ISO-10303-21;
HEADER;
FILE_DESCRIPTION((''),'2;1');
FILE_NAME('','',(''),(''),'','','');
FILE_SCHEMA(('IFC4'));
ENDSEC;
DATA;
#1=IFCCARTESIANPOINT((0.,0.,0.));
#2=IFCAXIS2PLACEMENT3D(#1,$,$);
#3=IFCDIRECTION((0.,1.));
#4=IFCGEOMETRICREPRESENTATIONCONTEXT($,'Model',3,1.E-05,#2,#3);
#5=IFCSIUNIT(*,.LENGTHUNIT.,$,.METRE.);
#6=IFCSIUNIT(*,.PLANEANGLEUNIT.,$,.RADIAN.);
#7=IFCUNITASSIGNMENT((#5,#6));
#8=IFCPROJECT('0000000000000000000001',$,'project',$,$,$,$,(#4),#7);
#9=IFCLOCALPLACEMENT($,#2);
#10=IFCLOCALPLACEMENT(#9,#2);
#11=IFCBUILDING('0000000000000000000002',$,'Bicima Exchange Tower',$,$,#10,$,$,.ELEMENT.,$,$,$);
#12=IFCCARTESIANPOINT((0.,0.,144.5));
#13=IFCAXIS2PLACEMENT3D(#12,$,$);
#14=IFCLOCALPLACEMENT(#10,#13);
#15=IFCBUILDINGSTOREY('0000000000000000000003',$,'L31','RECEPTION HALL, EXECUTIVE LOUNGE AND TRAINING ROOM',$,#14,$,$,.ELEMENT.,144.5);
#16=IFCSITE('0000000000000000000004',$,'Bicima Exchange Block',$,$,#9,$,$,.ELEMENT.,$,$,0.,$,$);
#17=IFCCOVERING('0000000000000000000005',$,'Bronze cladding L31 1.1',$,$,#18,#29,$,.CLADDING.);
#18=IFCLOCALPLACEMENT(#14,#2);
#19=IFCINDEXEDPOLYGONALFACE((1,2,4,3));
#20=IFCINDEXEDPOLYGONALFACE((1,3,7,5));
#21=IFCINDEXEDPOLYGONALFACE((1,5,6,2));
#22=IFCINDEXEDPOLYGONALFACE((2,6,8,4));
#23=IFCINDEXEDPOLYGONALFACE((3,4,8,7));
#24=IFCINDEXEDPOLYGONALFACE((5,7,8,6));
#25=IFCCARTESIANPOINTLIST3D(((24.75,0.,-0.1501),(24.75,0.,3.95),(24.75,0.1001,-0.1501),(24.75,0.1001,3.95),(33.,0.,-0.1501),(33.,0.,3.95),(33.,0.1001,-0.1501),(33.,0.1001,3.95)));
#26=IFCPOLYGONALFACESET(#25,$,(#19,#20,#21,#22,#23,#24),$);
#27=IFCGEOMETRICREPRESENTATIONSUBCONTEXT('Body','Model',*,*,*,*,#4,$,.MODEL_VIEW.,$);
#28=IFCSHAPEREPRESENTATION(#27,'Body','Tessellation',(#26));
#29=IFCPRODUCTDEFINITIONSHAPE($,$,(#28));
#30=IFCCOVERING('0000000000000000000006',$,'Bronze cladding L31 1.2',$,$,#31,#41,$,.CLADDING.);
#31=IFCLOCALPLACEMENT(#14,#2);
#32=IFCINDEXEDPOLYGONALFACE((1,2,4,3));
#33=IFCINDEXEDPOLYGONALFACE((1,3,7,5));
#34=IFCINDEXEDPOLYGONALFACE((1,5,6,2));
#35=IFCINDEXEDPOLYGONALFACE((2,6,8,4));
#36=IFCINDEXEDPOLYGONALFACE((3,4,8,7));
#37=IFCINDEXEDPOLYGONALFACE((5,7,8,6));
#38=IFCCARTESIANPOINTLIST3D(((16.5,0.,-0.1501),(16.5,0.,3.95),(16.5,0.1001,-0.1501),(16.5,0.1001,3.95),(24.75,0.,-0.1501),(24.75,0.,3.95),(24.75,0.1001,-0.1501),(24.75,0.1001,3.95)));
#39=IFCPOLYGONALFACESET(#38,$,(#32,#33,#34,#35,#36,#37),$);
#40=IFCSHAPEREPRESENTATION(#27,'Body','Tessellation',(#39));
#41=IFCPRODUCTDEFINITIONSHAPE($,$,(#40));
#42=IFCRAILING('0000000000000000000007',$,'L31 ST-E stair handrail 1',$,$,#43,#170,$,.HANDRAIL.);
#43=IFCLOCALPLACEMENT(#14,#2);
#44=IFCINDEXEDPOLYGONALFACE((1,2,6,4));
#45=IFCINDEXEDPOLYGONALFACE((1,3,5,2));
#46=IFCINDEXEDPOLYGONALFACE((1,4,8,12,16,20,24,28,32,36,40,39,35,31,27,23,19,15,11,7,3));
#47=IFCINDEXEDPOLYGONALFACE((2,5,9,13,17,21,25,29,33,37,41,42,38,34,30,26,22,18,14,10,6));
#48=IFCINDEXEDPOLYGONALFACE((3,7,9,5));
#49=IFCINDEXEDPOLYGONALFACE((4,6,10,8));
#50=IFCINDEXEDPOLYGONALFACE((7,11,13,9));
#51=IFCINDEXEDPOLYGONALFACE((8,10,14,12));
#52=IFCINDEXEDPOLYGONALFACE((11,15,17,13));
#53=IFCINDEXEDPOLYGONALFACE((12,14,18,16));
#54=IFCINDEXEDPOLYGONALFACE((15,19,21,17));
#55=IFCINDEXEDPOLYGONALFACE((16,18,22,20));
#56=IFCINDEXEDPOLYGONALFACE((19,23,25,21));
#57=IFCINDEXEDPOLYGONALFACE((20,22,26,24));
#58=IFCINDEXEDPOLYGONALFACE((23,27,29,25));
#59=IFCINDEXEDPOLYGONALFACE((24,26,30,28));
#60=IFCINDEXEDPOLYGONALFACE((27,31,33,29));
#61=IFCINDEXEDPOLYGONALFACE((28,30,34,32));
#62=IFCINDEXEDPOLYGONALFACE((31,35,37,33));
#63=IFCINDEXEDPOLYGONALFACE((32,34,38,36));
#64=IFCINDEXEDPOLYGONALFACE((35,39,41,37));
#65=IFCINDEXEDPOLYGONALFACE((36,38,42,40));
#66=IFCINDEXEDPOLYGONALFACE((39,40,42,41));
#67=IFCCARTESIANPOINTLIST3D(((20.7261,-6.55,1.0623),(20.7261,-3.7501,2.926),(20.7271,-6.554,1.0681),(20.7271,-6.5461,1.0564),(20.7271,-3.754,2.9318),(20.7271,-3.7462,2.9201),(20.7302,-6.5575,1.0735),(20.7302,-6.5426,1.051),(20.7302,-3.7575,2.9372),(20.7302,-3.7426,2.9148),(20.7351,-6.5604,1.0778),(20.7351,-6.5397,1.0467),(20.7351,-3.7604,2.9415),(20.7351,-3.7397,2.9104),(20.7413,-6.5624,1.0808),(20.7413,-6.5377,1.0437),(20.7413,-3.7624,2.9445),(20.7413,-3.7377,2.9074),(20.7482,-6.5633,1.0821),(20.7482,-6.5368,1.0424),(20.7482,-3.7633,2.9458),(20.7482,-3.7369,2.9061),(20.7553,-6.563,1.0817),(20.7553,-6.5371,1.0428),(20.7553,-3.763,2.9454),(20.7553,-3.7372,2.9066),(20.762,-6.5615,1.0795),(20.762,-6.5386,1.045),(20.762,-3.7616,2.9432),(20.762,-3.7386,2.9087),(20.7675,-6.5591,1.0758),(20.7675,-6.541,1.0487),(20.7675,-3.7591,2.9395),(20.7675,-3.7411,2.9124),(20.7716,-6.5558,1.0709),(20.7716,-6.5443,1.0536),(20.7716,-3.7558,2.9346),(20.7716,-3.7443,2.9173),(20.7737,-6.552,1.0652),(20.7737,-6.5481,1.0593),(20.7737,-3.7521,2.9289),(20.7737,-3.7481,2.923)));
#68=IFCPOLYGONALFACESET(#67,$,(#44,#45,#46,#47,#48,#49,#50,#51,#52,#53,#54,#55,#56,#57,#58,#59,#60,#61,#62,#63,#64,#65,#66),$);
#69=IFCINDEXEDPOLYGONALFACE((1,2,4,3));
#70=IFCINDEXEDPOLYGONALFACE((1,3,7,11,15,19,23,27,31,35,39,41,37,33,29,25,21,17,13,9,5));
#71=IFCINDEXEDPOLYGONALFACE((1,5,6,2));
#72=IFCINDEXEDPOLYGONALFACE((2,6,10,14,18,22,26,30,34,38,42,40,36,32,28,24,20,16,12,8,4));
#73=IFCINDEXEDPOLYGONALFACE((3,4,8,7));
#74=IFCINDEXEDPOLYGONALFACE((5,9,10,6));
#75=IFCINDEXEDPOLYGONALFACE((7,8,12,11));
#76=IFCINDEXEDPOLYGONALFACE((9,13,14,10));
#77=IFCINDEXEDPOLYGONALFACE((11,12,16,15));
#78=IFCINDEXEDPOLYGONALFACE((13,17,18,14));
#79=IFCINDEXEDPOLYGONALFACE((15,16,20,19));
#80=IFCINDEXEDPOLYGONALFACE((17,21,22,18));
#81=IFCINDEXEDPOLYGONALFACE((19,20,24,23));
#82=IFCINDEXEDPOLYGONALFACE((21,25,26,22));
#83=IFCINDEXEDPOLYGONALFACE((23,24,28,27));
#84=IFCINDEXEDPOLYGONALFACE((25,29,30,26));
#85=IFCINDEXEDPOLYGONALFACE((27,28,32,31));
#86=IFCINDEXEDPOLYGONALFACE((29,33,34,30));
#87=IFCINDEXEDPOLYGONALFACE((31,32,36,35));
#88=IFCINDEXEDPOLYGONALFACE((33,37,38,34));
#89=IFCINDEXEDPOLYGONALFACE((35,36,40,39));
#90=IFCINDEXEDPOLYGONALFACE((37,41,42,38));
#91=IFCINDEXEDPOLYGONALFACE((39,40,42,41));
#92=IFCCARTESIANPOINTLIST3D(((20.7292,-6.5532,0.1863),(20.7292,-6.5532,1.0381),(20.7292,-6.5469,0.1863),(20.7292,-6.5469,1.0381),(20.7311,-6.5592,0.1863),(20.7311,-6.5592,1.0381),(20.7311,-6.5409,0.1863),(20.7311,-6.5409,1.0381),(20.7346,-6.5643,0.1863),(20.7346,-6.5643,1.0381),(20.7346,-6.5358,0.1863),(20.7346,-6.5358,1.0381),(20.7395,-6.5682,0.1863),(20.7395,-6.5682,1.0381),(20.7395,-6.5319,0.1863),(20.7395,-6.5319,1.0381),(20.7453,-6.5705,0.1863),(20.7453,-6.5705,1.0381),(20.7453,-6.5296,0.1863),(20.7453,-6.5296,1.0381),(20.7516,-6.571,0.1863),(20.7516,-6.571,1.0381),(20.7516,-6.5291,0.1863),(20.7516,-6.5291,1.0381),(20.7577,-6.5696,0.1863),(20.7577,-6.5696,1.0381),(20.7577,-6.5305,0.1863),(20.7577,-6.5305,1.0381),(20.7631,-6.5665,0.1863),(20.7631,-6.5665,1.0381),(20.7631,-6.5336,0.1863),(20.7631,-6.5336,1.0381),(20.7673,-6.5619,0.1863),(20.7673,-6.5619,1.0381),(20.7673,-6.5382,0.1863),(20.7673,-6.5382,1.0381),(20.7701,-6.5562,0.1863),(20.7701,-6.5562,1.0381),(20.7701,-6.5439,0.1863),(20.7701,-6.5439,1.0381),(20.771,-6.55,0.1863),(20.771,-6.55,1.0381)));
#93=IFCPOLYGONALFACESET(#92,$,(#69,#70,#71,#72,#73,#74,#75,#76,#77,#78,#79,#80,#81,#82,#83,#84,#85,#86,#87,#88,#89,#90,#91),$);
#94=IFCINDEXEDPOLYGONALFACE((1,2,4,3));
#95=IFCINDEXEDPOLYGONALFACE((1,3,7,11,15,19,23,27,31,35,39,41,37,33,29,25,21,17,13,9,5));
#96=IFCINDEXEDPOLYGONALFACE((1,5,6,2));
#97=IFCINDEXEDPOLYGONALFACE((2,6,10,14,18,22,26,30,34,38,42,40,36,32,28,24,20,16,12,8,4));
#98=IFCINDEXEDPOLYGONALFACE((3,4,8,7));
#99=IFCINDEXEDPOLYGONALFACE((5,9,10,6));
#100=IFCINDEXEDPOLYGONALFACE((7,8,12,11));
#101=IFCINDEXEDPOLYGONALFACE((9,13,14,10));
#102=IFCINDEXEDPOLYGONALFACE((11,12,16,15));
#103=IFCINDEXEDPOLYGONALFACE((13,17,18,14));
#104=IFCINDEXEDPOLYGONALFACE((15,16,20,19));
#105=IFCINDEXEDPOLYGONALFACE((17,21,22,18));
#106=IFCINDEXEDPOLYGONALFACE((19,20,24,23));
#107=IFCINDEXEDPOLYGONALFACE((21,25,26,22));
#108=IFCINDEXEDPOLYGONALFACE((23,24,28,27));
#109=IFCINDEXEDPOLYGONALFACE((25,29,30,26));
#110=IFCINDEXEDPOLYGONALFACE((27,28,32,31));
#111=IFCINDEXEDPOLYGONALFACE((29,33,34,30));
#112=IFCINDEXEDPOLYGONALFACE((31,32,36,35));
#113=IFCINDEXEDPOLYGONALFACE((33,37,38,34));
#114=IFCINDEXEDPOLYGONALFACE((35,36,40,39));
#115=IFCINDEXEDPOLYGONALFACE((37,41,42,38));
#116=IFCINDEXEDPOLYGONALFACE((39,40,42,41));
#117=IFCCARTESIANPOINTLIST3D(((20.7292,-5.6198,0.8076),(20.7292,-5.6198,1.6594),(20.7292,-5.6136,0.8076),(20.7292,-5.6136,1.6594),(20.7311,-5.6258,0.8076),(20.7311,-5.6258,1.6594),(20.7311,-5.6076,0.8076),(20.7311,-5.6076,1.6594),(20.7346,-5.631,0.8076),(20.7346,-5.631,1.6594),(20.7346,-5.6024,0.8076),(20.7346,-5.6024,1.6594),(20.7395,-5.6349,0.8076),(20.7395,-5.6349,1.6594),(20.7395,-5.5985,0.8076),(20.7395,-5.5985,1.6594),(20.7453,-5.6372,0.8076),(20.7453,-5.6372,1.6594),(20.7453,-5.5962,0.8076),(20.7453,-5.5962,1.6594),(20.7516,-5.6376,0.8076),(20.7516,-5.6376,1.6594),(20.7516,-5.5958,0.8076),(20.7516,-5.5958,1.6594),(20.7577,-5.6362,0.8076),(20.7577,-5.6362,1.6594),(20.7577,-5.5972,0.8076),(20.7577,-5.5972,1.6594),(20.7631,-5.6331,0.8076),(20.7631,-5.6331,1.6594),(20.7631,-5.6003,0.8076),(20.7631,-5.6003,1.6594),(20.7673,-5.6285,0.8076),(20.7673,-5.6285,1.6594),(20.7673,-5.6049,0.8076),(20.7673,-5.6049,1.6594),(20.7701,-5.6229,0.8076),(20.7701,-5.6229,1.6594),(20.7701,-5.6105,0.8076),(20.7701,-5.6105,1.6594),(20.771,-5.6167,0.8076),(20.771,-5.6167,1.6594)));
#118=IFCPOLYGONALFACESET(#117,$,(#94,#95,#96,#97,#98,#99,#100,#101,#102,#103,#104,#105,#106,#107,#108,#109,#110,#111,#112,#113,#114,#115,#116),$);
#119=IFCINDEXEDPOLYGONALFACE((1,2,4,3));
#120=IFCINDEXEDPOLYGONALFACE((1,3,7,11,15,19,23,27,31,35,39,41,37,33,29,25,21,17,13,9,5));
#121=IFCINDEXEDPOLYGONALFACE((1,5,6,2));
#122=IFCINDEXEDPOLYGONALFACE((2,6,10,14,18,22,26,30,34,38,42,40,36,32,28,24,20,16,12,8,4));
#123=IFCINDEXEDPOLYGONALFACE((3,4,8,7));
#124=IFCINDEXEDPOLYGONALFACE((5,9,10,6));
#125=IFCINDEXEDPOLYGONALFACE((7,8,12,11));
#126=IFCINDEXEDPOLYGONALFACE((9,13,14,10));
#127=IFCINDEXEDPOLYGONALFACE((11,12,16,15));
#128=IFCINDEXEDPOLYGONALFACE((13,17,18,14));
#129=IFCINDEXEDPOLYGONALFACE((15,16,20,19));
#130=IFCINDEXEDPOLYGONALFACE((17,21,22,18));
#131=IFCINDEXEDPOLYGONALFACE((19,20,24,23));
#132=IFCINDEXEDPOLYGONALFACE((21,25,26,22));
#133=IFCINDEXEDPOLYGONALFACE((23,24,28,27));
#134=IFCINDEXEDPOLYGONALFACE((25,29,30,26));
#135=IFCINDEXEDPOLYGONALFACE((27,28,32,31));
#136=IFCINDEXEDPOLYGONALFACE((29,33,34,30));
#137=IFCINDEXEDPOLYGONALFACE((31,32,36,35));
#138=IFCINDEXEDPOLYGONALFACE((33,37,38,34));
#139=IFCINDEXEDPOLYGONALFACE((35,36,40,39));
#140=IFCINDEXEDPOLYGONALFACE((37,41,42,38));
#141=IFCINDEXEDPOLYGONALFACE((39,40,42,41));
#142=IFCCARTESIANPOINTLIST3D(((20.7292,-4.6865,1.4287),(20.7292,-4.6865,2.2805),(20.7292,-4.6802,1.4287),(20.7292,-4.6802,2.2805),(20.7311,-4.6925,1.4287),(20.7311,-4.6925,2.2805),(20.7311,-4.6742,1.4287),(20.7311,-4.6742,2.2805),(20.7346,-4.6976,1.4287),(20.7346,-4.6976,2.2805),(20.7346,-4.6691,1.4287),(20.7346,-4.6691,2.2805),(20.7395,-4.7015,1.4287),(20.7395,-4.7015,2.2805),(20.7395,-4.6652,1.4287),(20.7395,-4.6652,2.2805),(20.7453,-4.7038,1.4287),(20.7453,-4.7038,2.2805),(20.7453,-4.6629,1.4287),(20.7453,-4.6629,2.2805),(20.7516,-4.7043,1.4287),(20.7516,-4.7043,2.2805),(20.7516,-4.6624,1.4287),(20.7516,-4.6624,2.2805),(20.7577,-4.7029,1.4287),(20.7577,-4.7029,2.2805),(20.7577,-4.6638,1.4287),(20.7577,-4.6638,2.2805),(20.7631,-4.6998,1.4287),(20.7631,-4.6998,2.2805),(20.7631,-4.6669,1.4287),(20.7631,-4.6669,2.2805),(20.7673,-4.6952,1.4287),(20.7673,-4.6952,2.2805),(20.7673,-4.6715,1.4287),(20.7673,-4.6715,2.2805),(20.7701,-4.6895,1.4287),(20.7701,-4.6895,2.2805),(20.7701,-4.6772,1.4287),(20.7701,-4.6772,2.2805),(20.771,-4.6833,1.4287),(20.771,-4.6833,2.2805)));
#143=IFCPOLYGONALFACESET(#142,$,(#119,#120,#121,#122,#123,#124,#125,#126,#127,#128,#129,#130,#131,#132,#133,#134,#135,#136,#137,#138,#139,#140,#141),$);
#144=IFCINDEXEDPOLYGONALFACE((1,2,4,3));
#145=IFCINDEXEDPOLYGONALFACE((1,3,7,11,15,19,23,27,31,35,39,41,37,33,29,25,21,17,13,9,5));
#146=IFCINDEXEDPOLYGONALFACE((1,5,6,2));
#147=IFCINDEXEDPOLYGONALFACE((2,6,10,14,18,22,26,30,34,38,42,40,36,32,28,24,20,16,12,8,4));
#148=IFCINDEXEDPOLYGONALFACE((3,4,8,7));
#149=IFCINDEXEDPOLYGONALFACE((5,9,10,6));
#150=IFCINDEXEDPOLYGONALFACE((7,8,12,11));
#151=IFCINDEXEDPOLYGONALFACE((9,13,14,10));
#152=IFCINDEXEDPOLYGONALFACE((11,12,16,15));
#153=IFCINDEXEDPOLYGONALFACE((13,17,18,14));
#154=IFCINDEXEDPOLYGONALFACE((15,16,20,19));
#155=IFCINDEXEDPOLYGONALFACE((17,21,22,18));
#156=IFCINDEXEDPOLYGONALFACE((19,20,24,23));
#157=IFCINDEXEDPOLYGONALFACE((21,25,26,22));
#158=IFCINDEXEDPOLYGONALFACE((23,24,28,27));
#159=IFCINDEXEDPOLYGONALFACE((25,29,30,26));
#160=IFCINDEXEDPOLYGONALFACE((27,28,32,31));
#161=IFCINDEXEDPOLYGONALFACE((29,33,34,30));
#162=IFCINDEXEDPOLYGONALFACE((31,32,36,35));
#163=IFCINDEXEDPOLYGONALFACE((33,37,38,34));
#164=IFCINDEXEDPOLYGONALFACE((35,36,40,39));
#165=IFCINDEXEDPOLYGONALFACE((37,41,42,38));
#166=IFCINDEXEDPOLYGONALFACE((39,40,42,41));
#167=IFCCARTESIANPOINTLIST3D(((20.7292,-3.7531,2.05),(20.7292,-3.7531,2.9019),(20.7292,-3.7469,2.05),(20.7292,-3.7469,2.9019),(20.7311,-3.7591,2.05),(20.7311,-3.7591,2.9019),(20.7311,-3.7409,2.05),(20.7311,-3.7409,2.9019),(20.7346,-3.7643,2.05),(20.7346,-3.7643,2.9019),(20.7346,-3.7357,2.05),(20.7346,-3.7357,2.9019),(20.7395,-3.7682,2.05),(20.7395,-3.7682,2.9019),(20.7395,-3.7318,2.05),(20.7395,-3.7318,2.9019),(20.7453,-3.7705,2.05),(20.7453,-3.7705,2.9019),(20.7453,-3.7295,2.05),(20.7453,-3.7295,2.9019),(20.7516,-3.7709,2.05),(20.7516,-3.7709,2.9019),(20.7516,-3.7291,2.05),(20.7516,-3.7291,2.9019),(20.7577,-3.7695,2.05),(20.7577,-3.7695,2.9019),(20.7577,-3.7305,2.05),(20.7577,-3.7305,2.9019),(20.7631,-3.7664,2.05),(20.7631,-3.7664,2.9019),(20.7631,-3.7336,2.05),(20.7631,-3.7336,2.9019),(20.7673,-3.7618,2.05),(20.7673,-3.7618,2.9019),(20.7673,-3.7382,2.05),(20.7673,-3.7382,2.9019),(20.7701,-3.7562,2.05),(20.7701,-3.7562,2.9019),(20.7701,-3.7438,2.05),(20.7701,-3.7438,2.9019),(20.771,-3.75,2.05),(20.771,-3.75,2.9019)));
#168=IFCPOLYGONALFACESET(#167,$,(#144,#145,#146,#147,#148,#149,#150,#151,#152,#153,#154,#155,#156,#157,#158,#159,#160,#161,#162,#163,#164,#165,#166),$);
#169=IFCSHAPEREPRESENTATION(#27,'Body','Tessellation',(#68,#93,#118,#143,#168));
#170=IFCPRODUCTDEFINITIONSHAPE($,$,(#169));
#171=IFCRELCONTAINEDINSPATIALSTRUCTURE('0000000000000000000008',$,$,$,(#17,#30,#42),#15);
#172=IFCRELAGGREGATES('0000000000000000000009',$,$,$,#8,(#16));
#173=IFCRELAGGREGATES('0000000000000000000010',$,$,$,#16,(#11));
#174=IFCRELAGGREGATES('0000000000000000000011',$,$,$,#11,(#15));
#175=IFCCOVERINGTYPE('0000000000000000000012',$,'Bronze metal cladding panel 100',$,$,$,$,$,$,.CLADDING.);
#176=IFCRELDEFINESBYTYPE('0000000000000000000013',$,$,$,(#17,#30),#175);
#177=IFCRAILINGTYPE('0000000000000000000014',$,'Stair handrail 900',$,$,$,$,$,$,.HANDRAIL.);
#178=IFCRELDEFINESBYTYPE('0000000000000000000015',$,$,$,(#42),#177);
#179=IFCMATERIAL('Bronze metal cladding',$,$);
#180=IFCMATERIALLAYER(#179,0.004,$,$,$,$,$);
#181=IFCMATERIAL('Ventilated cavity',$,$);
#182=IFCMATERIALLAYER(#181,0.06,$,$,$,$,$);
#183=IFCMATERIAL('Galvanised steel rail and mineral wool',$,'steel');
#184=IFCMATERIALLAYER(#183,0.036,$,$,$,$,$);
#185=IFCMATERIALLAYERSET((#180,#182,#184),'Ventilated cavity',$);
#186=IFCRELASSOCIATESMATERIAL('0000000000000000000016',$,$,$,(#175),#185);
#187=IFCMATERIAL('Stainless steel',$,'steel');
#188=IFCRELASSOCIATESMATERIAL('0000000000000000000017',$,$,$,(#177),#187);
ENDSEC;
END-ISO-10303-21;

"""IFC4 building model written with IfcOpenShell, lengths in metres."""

from ifc_helpers import new_model, si_unit, direction, frame, origin, origin_2d, place, context, subcontext, project, spatial, rectangle, circle, extrude, material, layer, layer_set, type_object, element, save


model = new_model("IFC4")

# Units and contexts
model_context = context("Model", 3, precision=1e-05, world=origin(), true_north=direction((0.0, 1.0)))
body_context = subcontext(model_context, "Body", "Model", "MODEL_VIEW")
ifc_project = project(units=[si_unit("LENGTHUNIT", "METRE"), si_unit("PLANEANGLEUNIT", "RADIAN")], contexts=[model_context])

# Site, building, storey
site_placement = place(None, origin())
site = spatial("IfcSite", under=ifc_project, at=site_placement, Name="Bicima Exchange Block", CompositionType="ELEMENT", RefElevation=0.0)
building_placement = place(site_placement, origin())
building = spatial("IfcBuilding", under=site, at=building_placement, Name="Bicima Exchange Tower", CompositionType="ELEMENT")
storey_placement = place(building_placement, frame((0.0, 0.0, 144.5)))
storey = spatial("IfcBuildingStorey", under=building, at=storey_placement, Name="L31", Description="RECEPTION HALL, EXECUTIVE LOUNGE AND TRAINING ROOM", CompositionType="ELEMENT", Elevation=144.5)

# Coverings
ifc_material_1 = material(Name="Bronze metal cladding")
ifc_layer_1 = layer(ifc_material_1, 0.004)
ifc_material_2 = material(Name="Ventilated cavity")
ifc_layer_2 = layer(ifc_material_2, 0.06)
ifc_material_3 = material(Name="Galvanised steel rail and mineral wool", Category="steel")
ifc_layer_3 = layer(ifc_material_3, 0.036)
ifc_layer_set_1 = layer_set([ifc_layer_1, ifc_layer_2, ifc_layer_3], Name="Ventilated cavity")
covering_type = type_object("IfcCoveringType", Name="Bronze metal cladding panel 100", PredefinedType="CLADDING", material=ifc_layer_set_1)
for number, where, z_axis, x_axis, name in (
    (1, (28.875, 0.05, -0.1501), (0.0, 0.0, 1.0), (-1.0, 0.0, 0.0), "Bronze cladding L31 1.1"),
    (2, (20.625, 0.05, -0.1501), (0.0, 0.0, 1.0), (-1.0, 0.0, 0.0), "Bronze cladding L31 1.2"),
):
    element("IfcCovering", number, at=place(storey_placement, frame(where, z_axis=z_axis, x_axis=x_axis)), inside=storey, type_object=covering_type, Name=name, PredefinedType="CLADDING", context=body_context, shape_type="SweptSolid", body=[
        extrude(rectangle(XDim=8.25, YDim=0.1001, at=origin_2d()), origin(), (0.0, 0.0, 1.0), 4.1001),
    ])

# Railing
ifc_material_4 = material(Name="Stainless steel", Category="steel")
railing_type_1 = type_object("IfcRailingType", Name="Stair handrail 900", PredefinedType="HANDRAIL", material=ifc_material_4)
railing_1_placement = place(storey_placement, frame((20.75, -6.55, 0.1863)))
element("IfcRailing", 3, at=railing_1_placement, inside=storey, type_object=railing_type_1, Name="L31 ST-E stair handrail 1", PredefinedType="HANDRAIL", context=body_context, shape_type="SweptSolid", body=[
    extrude(circle(Radius=0.0239, at=origin_2d()), frame((0.0, 0.0, 0.876), z_axis=(0.0, 0.832452, 0.554097), x_axis=(-1.0, 0.0, 0.0)), (0.0, 0.0, 1.0), 3.3635),
    extrude(circle(Radius=0.021, at=origin_2d()), origin(), (0.0, 0.0, 1.0), 0.8518),
    extrude(circle(Radius=0.021, at=origin_2d()), frame((0.0, 0.9333, 0.6213)), (0.0, 0.0, 1.0), 0.8518),
    extrude(circle(Radius=0.021, at=origin_2d()), frame((0.0, 1.8667, 1.2424)), (0.0, 0.0, 1.0), 0.8518),
    extrude(circle(Radius=0.021, at=origin_2d()), frame((0.0, 2.8, 1.8638)), (0.0, 0.0, 1.0), 0.8518),
])

save(model, "model.ifc")
